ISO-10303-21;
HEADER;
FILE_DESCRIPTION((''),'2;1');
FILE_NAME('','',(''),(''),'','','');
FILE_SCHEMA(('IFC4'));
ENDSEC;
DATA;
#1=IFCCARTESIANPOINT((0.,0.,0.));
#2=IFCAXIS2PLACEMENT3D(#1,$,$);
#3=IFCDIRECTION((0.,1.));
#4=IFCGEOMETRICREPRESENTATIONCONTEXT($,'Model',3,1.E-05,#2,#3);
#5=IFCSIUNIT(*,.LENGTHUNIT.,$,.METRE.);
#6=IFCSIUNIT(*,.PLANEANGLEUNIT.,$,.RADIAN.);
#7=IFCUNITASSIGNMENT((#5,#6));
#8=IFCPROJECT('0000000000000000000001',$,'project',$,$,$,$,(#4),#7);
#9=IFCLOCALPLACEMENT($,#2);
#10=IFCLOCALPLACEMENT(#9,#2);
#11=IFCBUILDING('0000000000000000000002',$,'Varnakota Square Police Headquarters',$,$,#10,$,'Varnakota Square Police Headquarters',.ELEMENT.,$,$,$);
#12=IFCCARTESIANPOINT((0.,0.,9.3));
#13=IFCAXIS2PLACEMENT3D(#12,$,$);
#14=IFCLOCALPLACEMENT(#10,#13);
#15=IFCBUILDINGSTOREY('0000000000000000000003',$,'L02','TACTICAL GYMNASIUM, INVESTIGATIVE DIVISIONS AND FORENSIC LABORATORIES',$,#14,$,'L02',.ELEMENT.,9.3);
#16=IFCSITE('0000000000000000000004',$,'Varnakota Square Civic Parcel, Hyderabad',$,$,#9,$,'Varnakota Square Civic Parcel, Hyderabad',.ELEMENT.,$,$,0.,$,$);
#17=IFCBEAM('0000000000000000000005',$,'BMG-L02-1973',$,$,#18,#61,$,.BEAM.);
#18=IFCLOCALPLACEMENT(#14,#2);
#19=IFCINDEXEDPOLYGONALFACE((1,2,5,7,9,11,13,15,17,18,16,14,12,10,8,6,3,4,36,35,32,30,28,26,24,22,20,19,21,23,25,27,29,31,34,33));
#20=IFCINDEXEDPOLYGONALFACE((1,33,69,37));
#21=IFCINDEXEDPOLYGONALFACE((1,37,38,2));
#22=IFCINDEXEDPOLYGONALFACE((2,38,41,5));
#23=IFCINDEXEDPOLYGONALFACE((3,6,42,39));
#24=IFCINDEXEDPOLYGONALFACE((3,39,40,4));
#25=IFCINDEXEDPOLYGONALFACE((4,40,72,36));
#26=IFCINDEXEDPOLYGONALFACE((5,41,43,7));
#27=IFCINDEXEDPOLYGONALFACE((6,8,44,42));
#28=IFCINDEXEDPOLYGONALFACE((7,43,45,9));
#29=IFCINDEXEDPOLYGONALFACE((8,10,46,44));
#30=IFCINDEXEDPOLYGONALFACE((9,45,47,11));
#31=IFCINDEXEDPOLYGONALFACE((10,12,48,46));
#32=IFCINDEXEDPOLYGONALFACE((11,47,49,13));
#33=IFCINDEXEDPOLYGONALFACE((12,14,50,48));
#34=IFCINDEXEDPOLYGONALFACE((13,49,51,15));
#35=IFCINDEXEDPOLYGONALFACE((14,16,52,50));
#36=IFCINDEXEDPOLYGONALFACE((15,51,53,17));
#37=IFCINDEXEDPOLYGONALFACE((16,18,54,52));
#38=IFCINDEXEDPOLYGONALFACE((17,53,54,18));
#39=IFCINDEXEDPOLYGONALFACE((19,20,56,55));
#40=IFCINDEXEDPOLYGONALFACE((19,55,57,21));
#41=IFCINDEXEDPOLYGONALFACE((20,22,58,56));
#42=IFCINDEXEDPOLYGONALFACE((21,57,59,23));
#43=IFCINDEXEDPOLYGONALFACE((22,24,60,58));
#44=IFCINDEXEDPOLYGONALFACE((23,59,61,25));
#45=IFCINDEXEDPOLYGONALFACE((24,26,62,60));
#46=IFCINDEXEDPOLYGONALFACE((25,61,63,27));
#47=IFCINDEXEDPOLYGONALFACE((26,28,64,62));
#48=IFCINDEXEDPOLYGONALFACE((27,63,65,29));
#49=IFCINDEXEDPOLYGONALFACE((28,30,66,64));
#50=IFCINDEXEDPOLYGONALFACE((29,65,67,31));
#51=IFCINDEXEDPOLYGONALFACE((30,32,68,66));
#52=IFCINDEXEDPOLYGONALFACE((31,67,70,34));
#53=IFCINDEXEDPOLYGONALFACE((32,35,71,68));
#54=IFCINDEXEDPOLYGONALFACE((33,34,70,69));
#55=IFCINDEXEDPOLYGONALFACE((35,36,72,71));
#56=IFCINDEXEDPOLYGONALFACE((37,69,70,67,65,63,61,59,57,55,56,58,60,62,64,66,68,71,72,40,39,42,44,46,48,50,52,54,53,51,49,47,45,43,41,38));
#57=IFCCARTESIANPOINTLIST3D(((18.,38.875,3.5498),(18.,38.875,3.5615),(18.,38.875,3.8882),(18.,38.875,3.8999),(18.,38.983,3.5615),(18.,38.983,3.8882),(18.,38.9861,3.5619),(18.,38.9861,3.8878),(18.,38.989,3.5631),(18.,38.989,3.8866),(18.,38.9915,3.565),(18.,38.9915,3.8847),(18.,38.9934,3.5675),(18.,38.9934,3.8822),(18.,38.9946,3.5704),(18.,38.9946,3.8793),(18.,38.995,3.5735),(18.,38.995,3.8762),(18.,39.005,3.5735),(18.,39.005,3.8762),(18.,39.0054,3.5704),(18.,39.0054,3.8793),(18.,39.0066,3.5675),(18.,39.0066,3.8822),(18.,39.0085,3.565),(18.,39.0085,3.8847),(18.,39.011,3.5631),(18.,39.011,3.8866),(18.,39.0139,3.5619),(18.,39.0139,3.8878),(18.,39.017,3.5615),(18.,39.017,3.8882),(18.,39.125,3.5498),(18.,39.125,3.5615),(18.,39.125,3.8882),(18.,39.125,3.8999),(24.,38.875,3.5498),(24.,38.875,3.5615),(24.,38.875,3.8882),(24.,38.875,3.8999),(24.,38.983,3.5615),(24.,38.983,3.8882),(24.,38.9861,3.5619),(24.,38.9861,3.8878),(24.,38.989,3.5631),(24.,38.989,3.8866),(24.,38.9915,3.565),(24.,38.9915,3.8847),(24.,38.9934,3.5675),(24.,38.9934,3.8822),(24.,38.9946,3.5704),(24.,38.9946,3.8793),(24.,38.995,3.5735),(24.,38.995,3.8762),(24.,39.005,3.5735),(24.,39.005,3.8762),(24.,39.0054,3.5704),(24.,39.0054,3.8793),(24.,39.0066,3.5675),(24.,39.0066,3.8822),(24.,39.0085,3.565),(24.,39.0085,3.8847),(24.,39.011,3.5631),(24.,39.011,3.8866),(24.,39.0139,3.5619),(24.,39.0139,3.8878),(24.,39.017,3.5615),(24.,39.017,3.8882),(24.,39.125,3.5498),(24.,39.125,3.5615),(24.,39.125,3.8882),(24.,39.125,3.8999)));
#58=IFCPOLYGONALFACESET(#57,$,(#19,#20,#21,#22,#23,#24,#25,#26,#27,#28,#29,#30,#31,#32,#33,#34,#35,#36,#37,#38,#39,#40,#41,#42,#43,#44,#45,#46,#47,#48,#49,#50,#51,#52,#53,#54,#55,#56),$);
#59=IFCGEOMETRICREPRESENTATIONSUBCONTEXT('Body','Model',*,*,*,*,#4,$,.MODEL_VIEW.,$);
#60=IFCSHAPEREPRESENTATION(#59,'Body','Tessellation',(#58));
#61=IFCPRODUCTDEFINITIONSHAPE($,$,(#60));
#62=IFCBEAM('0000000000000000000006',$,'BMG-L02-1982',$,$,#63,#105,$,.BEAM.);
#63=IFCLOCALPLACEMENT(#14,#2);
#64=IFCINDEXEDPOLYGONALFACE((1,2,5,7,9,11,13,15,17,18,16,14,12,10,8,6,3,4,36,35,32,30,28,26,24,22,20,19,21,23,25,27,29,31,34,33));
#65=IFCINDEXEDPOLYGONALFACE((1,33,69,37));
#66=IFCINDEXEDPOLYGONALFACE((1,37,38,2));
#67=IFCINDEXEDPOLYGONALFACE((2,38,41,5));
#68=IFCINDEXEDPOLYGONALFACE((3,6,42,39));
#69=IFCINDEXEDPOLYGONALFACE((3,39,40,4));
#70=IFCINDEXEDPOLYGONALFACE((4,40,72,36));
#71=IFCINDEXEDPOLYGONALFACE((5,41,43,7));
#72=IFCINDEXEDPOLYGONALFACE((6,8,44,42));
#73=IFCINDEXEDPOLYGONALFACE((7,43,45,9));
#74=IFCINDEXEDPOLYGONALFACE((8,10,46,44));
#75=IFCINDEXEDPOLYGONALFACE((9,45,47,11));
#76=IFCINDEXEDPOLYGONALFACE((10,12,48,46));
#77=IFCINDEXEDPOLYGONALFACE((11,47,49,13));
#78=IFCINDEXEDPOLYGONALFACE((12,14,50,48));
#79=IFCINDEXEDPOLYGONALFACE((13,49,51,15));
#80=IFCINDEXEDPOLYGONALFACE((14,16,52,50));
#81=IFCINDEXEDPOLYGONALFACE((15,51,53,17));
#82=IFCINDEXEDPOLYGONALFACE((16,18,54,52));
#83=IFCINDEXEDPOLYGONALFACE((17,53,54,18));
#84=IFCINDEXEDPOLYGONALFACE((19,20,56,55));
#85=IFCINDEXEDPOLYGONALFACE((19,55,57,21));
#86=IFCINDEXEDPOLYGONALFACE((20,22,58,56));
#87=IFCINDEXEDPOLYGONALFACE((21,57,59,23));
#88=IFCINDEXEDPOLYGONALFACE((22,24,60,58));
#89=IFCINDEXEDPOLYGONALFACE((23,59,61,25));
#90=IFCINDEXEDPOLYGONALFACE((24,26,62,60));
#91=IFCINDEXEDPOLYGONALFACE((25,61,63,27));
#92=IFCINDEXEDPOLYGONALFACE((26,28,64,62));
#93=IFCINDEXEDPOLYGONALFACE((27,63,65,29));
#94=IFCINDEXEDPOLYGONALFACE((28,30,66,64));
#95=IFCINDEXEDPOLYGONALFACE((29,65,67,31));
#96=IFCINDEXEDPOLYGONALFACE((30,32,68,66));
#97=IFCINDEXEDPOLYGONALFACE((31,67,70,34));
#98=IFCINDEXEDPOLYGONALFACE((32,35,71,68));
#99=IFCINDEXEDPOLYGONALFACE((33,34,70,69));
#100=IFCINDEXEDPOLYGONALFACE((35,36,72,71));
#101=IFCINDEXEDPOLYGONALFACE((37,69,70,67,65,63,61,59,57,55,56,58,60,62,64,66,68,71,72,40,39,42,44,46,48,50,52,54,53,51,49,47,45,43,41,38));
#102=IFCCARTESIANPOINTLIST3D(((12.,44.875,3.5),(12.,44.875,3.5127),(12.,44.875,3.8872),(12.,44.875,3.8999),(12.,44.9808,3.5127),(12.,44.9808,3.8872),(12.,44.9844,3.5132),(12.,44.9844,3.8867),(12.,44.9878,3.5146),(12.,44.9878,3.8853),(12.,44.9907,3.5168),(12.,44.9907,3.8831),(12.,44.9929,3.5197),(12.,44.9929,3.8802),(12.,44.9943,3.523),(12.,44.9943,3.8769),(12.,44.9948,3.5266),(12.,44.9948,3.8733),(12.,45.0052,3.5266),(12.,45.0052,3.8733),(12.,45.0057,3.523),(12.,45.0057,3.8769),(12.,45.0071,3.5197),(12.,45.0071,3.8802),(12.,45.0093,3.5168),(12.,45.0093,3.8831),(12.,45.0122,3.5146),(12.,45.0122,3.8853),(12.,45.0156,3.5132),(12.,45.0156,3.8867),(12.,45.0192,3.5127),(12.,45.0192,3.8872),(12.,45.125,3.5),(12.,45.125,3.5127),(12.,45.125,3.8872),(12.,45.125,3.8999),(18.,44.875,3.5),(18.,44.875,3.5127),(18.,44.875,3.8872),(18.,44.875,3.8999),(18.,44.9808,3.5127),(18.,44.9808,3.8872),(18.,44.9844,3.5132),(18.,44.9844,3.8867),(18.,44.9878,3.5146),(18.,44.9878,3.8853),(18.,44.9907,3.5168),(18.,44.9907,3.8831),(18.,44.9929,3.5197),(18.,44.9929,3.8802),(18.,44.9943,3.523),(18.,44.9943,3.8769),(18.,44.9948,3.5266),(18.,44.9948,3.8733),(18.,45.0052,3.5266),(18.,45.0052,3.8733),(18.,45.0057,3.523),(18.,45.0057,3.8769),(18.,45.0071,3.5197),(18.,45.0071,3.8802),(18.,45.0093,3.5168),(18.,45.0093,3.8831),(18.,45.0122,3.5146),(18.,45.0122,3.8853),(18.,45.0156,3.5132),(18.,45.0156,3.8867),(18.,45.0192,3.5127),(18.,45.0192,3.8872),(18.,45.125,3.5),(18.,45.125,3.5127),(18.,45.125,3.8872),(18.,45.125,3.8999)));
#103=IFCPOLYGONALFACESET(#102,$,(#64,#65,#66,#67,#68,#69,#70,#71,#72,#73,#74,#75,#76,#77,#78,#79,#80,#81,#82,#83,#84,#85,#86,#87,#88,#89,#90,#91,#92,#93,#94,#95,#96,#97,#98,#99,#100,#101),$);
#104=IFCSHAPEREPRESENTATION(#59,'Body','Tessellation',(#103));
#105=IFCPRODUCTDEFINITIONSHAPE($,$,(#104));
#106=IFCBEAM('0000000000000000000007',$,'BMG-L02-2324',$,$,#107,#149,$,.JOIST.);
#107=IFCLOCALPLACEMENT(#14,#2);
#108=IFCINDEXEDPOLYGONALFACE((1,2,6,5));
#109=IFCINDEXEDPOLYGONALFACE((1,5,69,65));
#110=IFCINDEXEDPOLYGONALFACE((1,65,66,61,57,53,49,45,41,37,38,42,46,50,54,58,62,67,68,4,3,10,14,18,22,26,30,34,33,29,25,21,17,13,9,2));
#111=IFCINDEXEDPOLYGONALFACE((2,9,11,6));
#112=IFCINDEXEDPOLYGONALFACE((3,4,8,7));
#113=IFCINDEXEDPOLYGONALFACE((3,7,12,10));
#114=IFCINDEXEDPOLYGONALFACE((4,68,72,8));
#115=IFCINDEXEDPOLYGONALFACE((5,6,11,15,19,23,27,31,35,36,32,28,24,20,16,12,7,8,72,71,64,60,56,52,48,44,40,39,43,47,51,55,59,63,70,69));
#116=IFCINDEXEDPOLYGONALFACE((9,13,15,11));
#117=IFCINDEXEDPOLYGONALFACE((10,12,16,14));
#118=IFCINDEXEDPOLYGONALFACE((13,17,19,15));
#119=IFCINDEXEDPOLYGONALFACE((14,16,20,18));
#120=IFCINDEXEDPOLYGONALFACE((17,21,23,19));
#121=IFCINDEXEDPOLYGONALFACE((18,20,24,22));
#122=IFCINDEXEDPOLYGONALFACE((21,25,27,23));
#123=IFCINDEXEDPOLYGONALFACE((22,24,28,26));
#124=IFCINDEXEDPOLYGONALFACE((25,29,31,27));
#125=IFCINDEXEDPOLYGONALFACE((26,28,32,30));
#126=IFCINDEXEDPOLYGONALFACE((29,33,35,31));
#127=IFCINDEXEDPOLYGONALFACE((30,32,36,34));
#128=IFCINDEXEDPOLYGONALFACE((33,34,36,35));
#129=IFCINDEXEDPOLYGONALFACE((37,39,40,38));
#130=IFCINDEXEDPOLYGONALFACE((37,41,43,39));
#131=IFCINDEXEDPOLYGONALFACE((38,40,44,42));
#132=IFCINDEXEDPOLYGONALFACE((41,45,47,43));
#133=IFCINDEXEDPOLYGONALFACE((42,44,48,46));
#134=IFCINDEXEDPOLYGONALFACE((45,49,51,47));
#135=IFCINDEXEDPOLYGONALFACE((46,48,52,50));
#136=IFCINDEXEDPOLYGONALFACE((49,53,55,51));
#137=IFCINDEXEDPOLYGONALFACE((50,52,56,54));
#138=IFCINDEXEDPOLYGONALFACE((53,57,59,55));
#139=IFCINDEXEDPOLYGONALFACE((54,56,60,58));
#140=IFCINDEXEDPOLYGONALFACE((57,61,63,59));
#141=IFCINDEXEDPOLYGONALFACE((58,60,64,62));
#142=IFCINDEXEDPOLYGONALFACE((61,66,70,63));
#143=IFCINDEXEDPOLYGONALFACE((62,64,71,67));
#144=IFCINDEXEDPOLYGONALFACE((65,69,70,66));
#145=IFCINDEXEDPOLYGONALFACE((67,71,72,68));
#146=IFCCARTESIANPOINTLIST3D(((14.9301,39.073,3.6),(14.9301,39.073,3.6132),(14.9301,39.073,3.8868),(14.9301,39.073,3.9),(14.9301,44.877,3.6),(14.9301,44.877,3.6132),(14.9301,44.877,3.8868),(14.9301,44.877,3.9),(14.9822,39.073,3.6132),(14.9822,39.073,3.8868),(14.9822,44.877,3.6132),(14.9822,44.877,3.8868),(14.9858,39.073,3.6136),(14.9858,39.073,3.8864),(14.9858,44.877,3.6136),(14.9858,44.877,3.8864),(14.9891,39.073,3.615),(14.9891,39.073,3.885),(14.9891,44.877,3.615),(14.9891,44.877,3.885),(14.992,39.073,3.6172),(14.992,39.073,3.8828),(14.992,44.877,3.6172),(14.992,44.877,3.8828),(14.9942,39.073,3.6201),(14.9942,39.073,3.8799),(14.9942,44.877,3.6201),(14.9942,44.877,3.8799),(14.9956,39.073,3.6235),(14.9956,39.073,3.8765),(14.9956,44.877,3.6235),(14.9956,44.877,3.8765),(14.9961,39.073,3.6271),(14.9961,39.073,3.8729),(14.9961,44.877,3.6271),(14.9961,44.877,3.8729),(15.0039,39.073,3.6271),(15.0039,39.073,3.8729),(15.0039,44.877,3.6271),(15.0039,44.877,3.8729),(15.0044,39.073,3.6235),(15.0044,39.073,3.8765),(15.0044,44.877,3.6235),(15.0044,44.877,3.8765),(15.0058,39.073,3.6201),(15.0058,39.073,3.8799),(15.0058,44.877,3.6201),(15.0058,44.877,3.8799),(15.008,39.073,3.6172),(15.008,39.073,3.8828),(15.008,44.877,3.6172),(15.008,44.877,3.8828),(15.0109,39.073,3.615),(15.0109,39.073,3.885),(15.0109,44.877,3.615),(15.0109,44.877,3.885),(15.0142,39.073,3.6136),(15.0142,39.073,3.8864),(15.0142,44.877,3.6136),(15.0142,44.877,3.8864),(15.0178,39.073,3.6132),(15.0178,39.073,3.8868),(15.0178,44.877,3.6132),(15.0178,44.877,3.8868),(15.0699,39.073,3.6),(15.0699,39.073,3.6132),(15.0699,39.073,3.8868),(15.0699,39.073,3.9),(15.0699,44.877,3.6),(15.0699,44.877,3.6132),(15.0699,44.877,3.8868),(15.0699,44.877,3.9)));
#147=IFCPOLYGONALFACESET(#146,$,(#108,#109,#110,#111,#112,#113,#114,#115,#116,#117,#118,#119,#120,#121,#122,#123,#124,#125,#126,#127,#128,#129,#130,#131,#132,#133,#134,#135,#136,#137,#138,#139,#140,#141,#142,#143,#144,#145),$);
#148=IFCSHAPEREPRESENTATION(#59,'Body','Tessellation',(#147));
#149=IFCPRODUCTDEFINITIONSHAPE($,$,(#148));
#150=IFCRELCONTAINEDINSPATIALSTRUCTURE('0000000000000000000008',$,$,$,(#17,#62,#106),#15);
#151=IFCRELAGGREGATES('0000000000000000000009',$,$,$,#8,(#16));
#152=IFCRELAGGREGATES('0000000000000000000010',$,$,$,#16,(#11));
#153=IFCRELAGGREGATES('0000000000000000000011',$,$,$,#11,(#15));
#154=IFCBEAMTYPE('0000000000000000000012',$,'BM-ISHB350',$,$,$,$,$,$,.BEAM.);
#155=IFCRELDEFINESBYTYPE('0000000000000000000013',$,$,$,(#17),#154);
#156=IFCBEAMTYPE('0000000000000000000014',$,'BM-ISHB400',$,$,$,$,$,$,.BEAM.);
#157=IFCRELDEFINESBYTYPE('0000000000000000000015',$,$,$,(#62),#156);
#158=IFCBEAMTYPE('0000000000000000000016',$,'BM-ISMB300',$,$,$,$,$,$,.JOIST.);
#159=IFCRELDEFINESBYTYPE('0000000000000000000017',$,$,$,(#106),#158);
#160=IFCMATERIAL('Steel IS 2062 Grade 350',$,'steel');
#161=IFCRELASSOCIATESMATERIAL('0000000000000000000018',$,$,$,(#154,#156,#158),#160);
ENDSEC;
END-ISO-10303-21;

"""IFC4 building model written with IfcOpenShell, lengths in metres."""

from ifc_helpers import new_model, si_unit, direction, frame, origin, origin_2d, place, context, subcontext, project, spatial, i_section, extrude, material, material_profile, profile_set, type_object, element, save


model = new_model("IFC4")

# Units and contexts
model_context = context("Model", 3, precision=1e-05, world=origin(), true_north=direction((0.0, 1.0)))
body_context = subcontext(model_context, "Body", "Model", "MODEL_VIEW")
ifc_project = project(units=[si_unit("LENGTHUNIT", "METRE"), si_unit("PLANEANGLEUNIT", "RADIAN")], contexts=[model_context])

# Site, building, storey
site_placement = place(None, origin())
site = spatial("IfcSite", under=ifc_project, at=site_placement, Name="Varnakota Square Civic Parcel, Hyderabad", LongName="Varnakota Square Civic Parcel, Hyderabad", CompositionType="ELEMENT", RefElevation=0.0)
building_placement = place(site_placement, origin())
building = spatial("IfcBuilding", under=site, at=building_placement, Name="Varnakota Square Police Headquarters", LongName="Varnakota Square Police Headquarters", CompositionType="ELEMENT")
storey_placement = place(building_placement, frame((0.0, 0.0, 9.3)))
storey = spatial("IfcBuildingStorey", under=building, at=storey_placement, Name="L02", Description="TACTICAL GYMNASIUM, INVESTIGATIVE DIVISIONS AND FORENSIC LABORATORIES", LongName="L02", CompositionType="ELEMENT", Elevation=9.3)

# Shared definitions
ifc_material_1 = material(Name="Steel IS 2062 Grade 350", Category="steel")

# Beams
ifc_material_profile_1 = material_profile(ifc_material_1, i_section(OverallWidth=0.25, OverallDepth=0.3501, WebThickness=0.01, FlangeThickness=0.0117, FilletRadius=0.012, at=origin_2d()), Name="ISHB 350")
ifc_profile_set_1 = profile_set([ifc_material_profile_1], Name="Steel IS 2062 Grade 350")
beam_type_1 = type_object("IfcBeamType", Name="BM-ISHB350", PredefinedType="BEAM", material=ifc_profile_set_1)
beam_1_placement = place(storey_placement, frame((18.0, 39.0, 3.7249), z_axis=(1.0, 0.0, 0.0), x_axis=(0.0, 1.0, 0.0)))
element("IfcBeam", 1, at=beam_1_placement, inside=storey, type_object=beam_type_1, Name="BMG-L02-1973", PredefinedType="BEAM", context=body_context, shape_type="SweptSolid", body=[
    extrude(i_section(OverallWidth=0.25, OverallDepth=0.3501, WebThickness=0.01, FlangeThickness=0.0117, FilletRadius=0.012, at=origin_2d()), origin(), (0.0, 0.0, 1.0), 6.0),
])
ifc_material_profile_2 = material_profile(ifc_material_1, i_section(OverallWidth=0.25, OverallDepth=0.3999, WebThickness=0.0105, FlangeThickness=0.0127, FilletRadius=0.0139, at=origin_2d()), Name="ISHB 400")
ifc_profile_set_2 = profile_set([ifc_material_profile_2], Name="Steel IS 2062 Grade 350")
beam_type_2 = type_object("IfcBeamType", Name="BM-ISHB400", PredefinedType="BEAM", material=ifc_profile_set_2)
beam_2_placement = place(storey_placement, frame((12.0, 45.0, 3.7), z_axis=(1.0, 0.0, 0.0), x_axis=(0.0, 1.0, 0.0)))
element("IfcBeam", 2, at=beam_2_placement, inside=storey, type_object=beam_type_2, Name="BMG-L02-1982", PredefinedType="BEAM", context=body_context, shape_type="SweptSolid", body=[
    extrude(i_section(OverallWidth=0.25, OverallDepth=0.3999, WebThickness=0.0105, FlangeThickness=0.0127, FilletRadius=0.0139, at=origin_2d()), origin(), (0.0, 0.0, 1.0), 6.0),
])
ifc_material_profile_3 = material_profile(ifc_material_1, i_section(OverallWidth=0.1399, OverallDepth=0.3, WebThickness=0.0078, FlangeThickness=0.0132, FilletRadius=0.0139, at=origin_2d()), Name="ISMB 300")
ifc_profile_set_3 = profile_set([ifc_material_profile_3], Name="Steel IS 2062 Grade 350")
beam_type_3 = type_object("IfcBeamType", Name="BM-ISMB300", PredefinedType="JOIST", material=ifc_profile_set_3)
beam_3_placement = place(storey_placement, frame((15.0, 39.073, 3.75), z_axis=(0.0, 1.0, 0.0), x_axis=(-1.0, 0.0, 0.0)))
element("IfcBeam", 3, at=beam_3_placement, inside=storey, type_object=beam_type_3, Name="BMG-L02-2324", PredefinedType="JOIST", context=body_context, shape_type="SweptSolid", body=[
    extrude(i_section(OverallWidth=0.1399, OverallDepth=0.3, WebThickness=0.0078, FlangeThickness=0.0132, FilletRadius=0.0139, at=origin_2d()), origin(), (0.0, 0.0, 1.0), 5.804),
])

save(model, "model.ifc")
